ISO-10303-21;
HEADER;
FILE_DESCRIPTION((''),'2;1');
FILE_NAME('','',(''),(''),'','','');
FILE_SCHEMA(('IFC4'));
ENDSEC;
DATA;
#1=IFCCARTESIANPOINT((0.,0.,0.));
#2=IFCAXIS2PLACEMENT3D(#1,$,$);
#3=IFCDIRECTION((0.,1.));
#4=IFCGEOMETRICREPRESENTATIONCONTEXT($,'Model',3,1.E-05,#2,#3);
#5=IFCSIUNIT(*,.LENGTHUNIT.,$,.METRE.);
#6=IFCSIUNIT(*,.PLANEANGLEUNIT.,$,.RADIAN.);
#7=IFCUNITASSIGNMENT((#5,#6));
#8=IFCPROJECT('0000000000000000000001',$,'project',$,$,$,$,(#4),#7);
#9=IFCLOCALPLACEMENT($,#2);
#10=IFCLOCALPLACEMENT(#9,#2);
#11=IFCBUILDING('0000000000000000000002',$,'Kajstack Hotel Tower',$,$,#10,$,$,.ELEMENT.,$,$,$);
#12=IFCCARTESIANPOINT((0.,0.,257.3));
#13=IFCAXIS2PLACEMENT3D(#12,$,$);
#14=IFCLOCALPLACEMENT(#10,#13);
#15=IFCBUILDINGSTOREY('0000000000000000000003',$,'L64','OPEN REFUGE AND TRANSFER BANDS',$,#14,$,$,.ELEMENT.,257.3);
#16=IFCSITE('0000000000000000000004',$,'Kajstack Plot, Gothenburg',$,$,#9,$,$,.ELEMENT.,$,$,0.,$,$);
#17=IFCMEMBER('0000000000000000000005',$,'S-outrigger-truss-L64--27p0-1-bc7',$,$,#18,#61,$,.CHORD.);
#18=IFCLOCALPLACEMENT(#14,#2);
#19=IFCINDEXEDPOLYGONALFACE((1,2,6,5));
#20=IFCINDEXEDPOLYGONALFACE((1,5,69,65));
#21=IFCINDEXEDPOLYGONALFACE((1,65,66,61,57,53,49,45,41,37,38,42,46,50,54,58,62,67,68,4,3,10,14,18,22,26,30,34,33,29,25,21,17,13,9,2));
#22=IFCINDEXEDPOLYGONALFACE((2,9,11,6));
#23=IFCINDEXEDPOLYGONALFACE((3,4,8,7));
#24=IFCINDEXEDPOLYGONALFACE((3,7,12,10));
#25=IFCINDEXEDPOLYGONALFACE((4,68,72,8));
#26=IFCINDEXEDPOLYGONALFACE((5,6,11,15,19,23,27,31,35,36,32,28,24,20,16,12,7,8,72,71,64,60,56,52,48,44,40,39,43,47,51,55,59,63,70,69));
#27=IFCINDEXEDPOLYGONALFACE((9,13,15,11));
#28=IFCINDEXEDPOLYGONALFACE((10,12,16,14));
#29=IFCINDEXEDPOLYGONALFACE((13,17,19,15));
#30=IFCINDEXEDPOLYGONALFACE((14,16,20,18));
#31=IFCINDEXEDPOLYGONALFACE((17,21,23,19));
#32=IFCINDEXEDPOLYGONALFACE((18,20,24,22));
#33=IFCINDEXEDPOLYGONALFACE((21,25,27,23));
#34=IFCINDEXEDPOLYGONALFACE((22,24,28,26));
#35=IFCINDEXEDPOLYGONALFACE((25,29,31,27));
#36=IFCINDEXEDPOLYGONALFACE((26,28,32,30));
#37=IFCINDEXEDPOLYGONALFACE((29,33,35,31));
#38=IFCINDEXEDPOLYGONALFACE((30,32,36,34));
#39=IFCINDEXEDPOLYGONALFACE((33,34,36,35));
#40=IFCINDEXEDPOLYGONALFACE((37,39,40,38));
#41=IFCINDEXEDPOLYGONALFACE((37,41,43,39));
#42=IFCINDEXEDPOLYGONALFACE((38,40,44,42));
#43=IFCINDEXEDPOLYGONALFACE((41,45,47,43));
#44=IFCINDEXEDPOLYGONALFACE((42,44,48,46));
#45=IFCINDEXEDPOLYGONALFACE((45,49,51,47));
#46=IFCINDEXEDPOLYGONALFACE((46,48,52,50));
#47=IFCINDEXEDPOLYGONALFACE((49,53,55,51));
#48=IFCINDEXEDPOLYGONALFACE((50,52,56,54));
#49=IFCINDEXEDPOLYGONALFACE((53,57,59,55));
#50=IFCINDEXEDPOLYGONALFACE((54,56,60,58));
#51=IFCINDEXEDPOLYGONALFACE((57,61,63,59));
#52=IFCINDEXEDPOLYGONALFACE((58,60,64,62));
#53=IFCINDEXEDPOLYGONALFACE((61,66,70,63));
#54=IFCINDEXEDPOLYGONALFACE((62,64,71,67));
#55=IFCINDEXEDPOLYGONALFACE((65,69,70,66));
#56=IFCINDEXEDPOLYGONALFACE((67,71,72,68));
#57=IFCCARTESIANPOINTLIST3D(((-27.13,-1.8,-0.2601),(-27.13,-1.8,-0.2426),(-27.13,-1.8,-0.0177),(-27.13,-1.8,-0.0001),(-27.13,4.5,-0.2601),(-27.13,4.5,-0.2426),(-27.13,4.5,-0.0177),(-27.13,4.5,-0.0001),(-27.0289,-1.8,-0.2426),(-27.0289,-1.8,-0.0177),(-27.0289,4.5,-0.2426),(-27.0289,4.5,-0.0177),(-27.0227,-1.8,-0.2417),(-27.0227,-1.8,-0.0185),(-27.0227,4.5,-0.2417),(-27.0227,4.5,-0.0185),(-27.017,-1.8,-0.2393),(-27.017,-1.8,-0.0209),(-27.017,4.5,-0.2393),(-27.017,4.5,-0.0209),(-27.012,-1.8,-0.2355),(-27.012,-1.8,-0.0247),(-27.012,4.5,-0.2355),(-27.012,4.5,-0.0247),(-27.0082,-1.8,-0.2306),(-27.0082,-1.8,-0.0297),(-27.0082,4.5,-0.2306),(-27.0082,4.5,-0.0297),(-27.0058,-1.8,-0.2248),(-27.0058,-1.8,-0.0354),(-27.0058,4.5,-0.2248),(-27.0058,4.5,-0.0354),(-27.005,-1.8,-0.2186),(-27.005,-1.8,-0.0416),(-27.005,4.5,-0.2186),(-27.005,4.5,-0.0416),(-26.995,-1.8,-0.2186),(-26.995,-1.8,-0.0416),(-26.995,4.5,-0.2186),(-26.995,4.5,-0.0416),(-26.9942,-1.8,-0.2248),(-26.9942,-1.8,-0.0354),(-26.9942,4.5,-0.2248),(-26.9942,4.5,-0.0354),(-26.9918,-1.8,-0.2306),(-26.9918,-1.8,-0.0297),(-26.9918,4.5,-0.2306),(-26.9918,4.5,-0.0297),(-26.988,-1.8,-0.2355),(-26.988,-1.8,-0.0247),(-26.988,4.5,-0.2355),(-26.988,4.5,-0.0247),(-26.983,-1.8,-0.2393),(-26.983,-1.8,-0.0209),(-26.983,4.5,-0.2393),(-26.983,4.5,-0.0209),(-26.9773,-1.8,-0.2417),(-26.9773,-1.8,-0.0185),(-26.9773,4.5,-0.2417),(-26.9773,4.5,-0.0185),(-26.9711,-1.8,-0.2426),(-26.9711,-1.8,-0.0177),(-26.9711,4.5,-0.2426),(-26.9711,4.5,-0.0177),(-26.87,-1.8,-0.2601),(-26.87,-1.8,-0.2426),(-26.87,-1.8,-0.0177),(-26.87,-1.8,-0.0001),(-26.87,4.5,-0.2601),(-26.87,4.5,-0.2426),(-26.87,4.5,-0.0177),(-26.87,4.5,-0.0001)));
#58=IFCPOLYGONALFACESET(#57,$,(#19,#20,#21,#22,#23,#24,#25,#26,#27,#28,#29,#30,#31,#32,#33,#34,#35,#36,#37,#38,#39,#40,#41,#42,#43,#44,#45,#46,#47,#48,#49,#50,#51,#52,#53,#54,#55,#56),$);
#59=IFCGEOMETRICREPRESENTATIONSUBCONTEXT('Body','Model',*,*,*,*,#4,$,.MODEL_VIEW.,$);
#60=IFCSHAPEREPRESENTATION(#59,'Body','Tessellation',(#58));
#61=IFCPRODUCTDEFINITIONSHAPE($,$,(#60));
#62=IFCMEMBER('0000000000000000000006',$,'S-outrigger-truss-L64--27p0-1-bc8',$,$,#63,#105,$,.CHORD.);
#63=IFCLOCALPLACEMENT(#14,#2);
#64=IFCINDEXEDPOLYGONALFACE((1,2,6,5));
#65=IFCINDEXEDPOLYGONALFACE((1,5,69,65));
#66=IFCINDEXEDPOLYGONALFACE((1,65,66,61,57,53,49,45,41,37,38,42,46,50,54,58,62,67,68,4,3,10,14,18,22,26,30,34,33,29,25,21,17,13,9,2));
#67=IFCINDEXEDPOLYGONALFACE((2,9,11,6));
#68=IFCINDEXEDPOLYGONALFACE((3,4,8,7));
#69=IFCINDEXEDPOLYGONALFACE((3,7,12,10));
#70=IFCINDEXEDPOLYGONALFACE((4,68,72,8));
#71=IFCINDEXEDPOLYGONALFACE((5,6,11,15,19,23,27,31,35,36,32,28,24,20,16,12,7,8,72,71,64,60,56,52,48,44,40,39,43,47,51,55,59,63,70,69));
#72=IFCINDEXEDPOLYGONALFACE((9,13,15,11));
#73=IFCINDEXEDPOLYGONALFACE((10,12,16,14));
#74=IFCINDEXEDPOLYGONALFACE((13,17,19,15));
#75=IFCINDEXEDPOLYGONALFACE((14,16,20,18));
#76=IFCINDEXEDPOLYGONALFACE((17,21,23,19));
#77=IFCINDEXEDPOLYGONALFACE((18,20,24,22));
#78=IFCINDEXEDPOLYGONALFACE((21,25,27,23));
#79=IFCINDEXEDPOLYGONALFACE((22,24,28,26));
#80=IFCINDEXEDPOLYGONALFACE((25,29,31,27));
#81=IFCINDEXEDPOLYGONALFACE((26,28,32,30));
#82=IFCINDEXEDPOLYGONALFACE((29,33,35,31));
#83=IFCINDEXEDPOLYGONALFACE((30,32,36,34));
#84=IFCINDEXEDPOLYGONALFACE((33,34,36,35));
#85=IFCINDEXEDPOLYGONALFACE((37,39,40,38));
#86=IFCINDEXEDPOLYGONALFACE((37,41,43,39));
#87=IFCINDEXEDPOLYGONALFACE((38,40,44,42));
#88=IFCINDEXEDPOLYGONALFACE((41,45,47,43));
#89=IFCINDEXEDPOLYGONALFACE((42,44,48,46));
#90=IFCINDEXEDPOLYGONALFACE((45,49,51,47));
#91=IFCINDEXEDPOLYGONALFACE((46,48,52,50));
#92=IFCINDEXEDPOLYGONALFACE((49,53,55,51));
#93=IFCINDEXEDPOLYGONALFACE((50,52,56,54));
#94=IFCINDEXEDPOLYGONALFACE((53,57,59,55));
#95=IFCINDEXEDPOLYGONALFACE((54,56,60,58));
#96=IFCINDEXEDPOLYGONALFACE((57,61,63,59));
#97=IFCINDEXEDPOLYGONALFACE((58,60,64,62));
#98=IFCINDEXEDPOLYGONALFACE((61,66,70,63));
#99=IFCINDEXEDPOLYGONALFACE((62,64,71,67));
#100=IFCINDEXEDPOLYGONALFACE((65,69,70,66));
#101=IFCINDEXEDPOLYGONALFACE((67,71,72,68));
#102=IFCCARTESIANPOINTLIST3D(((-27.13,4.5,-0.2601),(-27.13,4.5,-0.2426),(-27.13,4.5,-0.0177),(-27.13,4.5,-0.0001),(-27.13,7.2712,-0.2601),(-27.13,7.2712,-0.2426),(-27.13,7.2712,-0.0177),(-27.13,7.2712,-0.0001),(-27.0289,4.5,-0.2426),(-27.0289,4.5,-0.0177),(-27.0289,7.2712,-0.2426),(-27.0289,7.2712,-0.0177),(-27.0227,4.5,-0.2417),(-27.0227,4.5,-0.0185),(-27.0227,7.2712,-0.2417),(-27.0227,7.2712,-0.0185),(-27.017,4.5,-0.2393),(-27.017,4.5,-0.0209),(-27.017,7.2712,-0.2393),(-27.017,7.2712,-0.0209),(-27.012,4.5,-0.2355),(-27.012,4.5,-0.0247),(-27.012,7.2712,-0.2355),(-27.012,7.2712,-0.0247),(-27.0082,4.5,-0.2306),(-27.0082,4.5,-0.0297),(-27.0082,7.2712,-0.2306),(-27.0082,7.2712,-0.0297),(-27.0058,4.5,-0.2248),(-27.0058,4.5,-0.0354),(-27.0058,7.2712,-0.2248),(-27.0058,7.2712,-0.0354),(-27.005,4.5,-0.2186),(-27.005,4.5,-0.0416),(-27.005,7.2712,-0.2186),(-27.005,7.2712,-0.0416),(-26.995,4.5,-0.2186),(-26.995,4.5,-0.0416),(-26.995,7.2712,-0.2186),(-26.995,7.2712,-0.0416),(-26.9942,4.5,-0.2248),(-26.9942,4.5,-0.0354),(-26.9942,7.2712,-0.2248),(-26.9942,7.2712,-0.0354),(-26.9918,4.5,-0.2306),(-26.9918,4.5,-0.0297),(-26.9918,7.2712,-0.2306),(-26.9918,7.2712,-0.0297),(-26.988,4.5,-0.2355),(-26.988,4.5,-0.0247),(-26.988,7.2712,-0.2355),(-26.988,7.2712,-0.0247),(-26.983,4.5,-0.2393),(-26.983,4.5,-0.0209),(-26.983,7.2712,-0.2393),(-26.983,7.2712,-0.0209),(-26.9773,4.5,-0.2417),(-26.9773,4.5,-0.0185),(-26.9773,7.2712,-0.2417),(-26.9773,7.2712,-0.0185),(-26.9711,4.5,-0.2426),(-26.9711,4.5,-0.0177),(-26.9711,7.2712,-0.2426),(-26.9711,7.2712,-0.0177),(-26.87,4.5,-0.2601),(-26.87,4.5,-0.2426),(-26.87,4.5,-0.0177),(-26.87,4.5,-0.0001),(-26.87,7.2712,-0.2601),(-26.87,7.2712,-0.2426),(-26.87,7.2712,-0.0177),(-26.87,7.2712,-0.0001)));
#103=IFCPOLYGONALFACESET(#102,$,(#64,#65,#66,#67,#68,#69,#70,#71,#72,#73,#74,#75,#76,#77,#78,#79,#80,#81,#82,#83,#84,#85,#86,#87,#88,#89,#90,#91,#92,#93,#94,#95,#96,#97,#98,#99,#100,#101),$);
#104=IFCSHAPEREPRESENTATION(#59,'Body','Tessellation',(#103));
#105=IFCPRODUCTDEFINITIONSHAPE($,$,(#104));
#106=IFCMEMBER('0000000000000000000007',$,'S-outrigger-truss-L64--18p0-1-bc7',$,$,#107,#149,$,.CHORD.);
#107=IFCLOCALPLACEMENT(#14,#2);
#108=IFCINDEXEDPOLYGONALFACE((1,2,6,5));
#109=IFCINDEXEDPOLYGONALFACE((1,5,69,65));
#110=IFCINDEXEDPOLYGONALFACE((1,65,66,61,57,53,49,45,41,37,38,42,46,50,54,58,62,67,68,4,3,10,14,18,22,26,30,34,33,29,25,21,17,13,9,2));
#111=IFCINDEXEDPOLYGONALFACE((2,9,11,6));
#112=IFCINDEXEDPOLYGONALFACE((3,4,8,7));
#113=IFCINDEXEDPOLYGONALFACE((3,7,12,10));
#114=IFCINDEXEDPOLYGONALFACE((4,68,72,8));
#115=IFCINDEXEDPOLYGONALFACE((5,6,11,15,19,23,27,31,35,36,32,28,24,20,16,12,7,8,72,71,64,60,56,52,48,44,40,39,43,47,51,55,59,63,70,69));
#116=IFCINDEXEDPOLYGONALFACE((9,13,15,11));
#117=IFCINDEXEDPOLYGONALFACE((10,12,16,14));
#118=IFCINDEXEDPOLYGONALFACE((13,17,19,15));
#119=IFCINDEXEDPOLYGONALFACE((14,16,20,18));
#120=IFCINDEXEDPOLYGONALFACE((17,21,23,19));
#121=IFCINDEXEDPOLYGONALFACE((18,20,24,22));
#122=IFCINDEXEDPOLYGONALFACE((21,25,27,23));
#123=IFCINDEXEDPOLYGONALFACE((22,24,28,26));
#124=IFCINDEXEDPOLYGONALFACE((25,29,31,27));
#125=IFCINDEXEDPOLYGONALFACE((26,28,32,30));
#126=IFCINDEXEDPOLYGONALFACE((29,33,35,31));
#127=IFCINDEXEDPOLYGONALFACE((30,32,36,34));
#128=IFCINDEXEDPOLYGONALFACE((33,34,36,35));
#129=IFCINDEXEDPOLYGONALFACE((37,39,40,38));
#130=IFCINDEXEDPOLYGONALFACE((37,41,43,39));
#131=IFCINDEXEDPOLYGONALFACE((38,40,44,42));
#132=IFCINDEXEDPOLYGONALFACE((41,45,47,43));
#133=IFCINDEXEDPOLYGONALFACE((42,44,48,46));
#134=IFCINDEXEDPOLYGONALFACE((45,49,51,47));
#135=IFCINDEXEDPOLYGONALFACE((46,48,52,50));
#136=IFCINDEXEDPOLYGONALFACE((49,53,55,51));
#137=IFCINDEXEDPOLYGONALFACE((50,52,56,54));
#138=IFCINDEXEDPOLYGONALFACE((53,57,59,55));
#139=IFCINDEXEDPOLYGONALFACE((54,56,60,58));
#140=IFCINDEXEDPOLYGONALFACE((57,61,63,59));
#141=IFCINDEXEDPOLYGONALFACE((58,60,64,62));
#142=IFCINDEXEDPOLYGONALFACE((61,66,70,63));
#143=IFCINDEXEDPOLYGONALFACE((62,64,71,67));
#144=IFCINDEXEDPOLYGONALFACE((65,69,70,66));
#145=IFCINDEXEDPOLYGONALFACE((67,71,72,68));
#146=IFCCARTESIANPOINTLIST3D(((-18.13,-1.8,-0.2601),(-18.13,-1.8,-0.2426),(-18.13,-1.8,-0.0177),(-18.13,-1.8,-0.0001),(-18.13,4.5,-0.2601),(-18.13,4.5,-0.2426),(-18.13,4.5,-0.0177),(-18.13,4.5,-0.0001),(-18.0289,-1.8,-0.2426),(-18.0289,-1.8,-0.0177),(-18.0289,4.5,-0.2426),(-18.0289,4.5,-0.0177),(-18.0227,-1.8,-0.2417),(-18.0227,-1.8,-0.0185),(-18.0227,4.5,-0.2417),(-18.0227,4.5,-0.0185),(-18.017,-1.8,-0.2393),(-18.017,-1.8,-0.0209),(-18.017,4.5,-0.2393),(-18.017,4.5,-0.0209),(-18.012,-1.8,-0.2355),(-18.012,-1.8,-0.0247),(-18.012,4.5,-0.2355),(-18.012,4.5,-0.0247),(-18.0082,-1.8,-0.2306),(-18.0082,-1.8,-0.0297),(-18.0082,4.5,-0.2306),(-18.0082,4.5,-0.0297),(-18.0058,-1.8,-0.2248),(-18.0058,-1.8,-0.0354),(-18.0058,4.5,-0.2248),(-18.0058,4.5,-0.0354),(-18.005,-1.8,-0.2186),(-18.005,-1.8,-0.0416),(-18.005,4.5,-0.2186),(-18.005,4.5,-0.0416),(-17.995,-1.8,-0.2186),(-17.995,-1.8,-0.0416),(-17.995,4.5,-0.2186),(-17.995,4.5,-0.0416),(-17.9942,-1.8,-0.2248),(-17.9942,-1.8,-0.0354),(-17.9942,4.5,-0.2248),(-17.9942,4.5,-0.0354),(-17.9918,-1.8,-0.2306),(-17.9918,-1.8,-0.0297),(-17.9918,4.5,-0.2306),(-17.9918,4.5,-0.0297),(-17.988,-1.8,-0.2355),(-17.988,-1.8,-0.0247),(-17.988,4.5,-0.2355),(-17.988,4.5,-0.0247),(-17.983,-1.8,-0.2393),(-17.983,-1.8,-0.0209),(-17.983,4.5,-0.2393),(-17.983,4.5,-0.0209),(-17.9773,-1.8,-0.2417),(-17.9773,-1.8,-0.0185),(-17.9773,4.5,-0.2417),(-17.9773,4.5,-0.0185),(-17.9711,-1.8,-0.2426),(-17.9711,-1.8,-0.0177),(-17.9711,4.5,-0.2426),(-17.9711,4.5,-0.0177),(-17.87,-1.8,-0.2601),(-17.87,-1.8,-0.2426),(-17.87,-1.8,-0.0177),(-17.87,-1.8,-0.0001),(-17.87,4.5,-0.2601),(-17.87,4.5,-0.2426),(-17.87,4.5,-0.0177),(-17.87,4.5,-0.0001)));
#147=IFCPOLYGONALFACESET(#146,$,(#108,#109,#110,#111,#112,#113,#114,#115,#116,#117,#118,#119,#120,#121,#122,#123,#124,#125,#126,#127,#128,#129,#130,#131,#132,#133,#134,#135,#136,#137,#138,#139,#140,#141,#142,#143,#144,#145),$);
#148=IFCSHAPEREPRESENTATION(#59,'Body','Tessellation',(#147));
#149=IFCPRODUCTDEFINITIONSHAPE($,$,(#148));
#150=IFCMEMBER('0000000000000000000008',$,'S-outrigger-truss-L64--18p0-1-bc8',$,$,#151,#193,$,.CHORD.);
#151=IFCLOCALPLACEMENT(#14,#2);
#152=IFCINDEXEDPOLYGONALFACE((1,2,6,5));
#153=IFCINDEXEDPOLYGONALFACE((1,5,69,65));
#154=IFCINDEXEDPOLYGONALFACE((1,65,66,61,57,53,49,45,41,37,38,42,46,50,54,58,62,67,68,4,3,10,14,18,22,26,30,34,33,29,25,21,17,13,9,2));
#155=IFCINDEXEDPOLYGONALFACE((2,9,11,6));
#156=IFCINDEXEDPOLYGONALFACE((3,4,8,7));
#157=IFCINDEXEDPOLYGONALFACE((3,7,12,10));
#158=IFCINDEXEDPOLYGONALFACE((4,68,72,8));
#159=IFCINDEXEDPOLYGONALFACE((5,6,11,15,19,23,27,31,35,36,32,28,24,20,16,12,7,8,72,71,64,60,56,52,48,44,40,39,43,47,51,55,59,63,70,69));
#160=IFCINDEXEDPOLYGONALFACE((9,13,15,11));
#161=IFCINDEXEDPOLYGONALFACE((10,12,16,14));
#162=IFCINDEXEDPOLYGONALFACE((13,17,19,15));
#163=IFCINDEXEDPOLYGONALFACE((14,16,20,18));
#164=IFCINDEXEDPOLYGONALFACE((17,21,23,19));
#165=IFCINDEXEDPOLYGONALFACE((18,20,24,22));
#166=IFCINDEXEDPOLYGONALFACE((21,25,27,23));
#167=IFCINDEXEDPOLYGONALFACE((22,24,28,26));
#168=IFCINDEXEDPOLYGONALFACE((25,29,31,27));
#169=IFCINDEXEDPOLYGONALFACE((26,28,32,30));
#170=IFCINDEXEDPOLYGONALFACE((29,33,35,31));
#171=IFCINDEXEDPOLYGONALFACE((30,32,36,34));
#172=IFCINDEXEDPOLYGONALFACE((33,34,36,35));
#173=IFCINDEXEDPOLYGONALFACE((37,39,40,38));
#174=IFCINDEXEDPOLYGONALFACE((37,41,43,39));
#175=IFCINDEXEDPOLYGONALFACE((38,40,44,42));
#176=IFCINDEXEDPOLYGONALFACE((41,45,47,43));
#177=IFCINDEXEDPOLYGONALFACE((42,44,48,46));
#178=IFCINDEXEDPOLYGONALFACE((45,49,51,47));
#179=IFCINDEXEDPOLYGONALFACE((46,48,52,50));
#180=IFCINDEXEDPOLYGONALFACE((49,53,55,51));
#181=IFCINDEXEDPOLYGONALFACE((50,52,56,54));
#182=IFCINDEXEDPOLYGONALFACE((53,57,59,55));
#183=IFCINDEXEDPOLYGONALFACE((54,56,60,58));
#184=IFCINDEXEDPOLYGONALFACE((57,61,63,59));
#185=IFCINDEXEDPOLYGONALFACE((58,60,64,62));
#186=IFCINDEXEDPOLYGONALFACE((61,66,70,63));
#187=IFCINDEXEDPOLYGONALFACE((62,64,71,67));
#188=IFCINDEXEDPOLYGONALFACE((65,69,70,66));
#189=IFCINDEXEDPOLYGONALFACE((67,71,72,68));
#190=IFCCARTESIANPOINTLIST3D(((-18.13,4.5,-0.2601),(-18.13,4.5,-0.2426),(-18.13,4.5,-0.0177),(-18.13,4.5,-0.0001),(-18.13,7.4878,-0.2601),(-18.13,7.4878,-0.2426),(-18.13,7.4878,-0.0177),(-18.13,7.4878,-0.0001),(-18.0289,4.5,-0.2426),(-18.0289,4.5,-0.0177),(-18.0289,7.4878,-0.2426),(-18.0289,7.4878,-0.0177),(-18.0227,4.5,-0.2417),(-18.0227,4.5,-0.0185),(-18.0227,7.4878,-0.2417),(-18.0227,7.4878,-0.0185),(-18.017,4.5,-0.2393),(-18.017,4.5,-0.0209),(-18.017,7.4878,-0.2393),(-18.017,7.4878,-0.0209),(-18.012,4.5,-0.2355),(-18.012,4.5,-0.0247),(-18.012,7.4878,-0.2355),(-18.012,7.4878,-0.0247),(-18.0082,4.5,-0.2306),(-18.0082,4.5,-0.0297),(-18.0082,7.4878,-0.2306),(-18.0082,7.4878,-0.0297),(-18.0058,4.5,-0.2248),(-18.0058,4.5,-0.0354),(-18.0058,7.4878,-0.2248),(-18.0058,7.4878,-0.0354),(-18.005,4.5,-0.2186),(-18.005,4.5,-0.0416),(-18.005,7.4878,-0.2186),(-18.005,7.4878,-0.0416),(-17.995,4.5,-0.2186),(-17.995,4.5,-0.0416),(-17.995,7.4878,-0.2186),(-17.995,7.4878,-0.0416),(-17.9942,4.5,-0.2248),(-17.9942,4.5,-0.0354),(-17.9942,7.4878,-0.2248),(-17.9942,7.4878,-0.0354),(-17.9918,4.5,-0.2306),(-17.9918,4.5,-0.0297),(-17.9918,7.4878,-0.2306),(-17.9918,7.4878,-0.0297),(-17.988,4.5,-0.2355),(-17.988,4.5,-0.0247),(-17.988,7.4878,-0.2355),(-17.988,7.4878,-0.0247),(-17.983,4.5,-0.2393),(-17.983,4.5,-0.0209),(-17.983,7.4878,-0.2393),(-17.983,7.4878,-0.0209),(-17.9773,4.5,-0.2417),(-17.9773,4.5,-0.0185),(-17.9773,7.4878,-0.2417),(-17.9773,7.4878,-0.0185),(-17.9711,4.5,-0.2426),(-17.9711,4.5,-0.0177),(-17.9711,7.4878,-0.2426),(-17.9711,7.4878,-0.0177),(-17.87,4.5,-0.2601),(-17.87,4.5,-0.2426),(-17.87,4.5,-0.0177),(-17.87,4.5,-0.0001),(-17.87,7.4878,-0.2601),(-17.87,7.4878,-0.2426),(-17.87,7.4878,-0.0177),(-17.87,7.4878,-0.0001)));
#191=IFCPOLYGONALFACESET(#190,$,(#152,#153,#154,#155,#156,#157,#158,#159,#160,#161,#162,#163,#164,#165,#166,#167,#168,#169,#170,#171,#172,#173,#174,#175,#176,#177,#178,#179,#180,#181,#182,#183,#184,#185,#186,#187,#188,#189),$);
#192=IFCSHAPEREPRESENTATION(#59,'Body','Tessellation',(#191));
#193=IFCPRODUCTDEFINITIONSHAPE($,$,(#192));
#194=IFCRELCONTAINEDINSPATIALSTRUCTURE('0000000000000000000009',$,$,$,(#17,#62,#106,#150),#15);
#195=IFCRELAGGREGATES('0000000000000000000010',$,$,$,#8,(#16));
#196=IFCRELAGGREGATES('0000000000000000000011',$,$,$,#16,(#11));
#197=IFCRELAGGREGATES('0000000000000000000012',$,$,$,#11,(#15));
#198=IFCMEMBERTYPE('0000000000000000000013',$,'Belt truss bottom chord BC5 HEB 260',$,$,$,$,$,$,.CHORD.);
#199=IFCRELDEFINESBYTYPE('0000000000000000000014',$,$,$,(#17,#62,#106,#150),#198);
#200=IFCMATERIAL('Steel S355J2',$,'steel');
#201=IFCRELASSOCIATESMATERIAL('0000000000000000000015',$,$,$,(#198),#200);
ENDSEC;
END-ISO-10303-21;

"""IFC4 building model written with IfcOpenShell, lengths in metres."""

from ifc_helpers import new_model, si_unit, direction, frame, origin, origin_2d, place, context, subcontext, project, spatial, i_section, extrude, material, material_profile, profile_set, type_object, element, save


model = new_model("IFC4")

# Units and contexts
model_context = context("Model", 3, precision=1e-05, world=origin(), true_north=direction((0.0, 1.0)))
body_context = subcontext(model_context, "Body", "Model", "MODEL_VIEW")
ifc_project = project(units=[si_unit("LENGTHUNIT", "METRE"), si_unit("PLANEANGLEUNIT", "RADIAN")], contexts=[model_context])

# Site, building, storey
site_placement = place(None, origin())
site = spatial("IfcSite", under=ifc_project, at=site_placement, Name="Kajstack Plot, Gothenburg", CompositionType="ELEMENT", RefElevation=0.0)
building_placement = place(site_placement, origin())
building = spatial("IfcBuilding", under=site, at=building_placement, Name="Kajstack Hotel Tower", CompositionType="ELEMENT")
storey_placement = place(building_placement, frame((0.0, 0.0, 257.3)))
storey = spatial("IfcBuildingStorey", under=building, at=storey_placement, Name="L64", Description="OPEN REFUGE AND TRANSFER BANDS", CompositionType="ELEMENT", Elevation=257.3)

# Members
ifc_material_1 = material(Name="Steel S355J2", Category="steel")
ifc_material_profile_1 = material_profile(ifc_material_1, i_section(OverallWidth=0.26, OverallDepth=0.26, WebThickness=0.01, FlangeThickness=0.0176, FilletRadius=0.0239, at=origin_2d()), Name="HEB 260")
ifc_profile_set_1 = profile_set([ifc_material_profile_1], Name="Steel S355J2")
member_type_1 = type_object("IfcMemberType", Name="Belt truss bottom chord BC5 HEB 260", PredefinedType="CHORD", material=ifc_profile_set_1)
member_1_placement = place(storey_placement, frame((-27.0, -1.8, -0.1301), z_axis=(0.0, 1.0, 0.0), x_axis=(-1.0, 0.0, 0.0)))
element("IfcMember", 1, at=member_1_placement, inside=storey, type_object=member_type_1, Name="S-outrigger-truss-L64--27p0-1-bc7", PredefinedType="CHORD", context=body_context, shape_type="SweptSolid", body=[
    extrude(i_section(OverallWidth=0.26, OverallDepth=0.26, WebThickness=0.01, FlangeThickness=0.0176, FilletRadius=0.0239, at=origin_2d()), origin(), (0.0, 0.0, 1.0), 6.3),
])
member_2_placement = place(storey_placement, frame((-27.0, 4.5, -0.1301), z_axis=(0.0, 1.0, 0.0), x_axis=(-1.0, 0.0, 0.0)))
element("IfcMember", 2, at=member_2_placement, inside=storey, type_object=member_type_1, Name="S-outrigger-truss-L64--27p0-1-bc8", PredefinedType="CHORD", context=body_context, shape_type="SweptSolid", body=[
    extrude(i_section(OverallWidth=0.26, OverallDepth=0.26, WebThickness=0.01, FlangeThickness=0.0176, FilletRadius=0.0239, at=origin_2d()), origin(), (0.0, 0.0, 1.0), 2.7712),
])
member_3_placement = place(storey_placement, frame((-18.0, -1.8, -0.1301), z_axis=(0.0, 1.0, 0.0), x_axis=(-1.0, 0.0, 0.0)))
element("IfcMember", 3, at=member_3_placement, inside=storey, type_object=member_type_1, Name="S-outrigger-truss-L64--18p0-1-bc7", PredefinedType="CHORD", context=body_context, shape_type="SweptSolid", body=[
    extrude(i_section(OverallWidth=0.26, OverallDepth=0.26, WebThickness=0.01, FlangeThickness=0.0176, FilletRadius=0.0239, at=origin_2d()), origin(), (0.0, 0.0, 1.0), 6.3),
])
member_4_placement = place(storey_placement, frame((-18.0, 4.5, -0.1301), z_axis=(0.0, 1.0, 0.0), x_axis=(-1.0, 0.0, 0.0)))
element("IfcMember", 4, at=member_4_placement, inside=storey, type_object=member_type_1, Name="S-outrigger-truss-L64--18p0-1-bc8", PredefinedType="CHORD", context=body_context, shape_type="SweptSolid", body=[
    extrude(i_section(OverallWidth=0.26, OverallDepth=0.26, WebThickness=0.01, FlangeThickness=0.0176, FilletRadius=0.0239, at=origin_2d()), origin(), (0.0, 0.0, 1.0), 2.9878),
])

save(model, "model.ifc")
